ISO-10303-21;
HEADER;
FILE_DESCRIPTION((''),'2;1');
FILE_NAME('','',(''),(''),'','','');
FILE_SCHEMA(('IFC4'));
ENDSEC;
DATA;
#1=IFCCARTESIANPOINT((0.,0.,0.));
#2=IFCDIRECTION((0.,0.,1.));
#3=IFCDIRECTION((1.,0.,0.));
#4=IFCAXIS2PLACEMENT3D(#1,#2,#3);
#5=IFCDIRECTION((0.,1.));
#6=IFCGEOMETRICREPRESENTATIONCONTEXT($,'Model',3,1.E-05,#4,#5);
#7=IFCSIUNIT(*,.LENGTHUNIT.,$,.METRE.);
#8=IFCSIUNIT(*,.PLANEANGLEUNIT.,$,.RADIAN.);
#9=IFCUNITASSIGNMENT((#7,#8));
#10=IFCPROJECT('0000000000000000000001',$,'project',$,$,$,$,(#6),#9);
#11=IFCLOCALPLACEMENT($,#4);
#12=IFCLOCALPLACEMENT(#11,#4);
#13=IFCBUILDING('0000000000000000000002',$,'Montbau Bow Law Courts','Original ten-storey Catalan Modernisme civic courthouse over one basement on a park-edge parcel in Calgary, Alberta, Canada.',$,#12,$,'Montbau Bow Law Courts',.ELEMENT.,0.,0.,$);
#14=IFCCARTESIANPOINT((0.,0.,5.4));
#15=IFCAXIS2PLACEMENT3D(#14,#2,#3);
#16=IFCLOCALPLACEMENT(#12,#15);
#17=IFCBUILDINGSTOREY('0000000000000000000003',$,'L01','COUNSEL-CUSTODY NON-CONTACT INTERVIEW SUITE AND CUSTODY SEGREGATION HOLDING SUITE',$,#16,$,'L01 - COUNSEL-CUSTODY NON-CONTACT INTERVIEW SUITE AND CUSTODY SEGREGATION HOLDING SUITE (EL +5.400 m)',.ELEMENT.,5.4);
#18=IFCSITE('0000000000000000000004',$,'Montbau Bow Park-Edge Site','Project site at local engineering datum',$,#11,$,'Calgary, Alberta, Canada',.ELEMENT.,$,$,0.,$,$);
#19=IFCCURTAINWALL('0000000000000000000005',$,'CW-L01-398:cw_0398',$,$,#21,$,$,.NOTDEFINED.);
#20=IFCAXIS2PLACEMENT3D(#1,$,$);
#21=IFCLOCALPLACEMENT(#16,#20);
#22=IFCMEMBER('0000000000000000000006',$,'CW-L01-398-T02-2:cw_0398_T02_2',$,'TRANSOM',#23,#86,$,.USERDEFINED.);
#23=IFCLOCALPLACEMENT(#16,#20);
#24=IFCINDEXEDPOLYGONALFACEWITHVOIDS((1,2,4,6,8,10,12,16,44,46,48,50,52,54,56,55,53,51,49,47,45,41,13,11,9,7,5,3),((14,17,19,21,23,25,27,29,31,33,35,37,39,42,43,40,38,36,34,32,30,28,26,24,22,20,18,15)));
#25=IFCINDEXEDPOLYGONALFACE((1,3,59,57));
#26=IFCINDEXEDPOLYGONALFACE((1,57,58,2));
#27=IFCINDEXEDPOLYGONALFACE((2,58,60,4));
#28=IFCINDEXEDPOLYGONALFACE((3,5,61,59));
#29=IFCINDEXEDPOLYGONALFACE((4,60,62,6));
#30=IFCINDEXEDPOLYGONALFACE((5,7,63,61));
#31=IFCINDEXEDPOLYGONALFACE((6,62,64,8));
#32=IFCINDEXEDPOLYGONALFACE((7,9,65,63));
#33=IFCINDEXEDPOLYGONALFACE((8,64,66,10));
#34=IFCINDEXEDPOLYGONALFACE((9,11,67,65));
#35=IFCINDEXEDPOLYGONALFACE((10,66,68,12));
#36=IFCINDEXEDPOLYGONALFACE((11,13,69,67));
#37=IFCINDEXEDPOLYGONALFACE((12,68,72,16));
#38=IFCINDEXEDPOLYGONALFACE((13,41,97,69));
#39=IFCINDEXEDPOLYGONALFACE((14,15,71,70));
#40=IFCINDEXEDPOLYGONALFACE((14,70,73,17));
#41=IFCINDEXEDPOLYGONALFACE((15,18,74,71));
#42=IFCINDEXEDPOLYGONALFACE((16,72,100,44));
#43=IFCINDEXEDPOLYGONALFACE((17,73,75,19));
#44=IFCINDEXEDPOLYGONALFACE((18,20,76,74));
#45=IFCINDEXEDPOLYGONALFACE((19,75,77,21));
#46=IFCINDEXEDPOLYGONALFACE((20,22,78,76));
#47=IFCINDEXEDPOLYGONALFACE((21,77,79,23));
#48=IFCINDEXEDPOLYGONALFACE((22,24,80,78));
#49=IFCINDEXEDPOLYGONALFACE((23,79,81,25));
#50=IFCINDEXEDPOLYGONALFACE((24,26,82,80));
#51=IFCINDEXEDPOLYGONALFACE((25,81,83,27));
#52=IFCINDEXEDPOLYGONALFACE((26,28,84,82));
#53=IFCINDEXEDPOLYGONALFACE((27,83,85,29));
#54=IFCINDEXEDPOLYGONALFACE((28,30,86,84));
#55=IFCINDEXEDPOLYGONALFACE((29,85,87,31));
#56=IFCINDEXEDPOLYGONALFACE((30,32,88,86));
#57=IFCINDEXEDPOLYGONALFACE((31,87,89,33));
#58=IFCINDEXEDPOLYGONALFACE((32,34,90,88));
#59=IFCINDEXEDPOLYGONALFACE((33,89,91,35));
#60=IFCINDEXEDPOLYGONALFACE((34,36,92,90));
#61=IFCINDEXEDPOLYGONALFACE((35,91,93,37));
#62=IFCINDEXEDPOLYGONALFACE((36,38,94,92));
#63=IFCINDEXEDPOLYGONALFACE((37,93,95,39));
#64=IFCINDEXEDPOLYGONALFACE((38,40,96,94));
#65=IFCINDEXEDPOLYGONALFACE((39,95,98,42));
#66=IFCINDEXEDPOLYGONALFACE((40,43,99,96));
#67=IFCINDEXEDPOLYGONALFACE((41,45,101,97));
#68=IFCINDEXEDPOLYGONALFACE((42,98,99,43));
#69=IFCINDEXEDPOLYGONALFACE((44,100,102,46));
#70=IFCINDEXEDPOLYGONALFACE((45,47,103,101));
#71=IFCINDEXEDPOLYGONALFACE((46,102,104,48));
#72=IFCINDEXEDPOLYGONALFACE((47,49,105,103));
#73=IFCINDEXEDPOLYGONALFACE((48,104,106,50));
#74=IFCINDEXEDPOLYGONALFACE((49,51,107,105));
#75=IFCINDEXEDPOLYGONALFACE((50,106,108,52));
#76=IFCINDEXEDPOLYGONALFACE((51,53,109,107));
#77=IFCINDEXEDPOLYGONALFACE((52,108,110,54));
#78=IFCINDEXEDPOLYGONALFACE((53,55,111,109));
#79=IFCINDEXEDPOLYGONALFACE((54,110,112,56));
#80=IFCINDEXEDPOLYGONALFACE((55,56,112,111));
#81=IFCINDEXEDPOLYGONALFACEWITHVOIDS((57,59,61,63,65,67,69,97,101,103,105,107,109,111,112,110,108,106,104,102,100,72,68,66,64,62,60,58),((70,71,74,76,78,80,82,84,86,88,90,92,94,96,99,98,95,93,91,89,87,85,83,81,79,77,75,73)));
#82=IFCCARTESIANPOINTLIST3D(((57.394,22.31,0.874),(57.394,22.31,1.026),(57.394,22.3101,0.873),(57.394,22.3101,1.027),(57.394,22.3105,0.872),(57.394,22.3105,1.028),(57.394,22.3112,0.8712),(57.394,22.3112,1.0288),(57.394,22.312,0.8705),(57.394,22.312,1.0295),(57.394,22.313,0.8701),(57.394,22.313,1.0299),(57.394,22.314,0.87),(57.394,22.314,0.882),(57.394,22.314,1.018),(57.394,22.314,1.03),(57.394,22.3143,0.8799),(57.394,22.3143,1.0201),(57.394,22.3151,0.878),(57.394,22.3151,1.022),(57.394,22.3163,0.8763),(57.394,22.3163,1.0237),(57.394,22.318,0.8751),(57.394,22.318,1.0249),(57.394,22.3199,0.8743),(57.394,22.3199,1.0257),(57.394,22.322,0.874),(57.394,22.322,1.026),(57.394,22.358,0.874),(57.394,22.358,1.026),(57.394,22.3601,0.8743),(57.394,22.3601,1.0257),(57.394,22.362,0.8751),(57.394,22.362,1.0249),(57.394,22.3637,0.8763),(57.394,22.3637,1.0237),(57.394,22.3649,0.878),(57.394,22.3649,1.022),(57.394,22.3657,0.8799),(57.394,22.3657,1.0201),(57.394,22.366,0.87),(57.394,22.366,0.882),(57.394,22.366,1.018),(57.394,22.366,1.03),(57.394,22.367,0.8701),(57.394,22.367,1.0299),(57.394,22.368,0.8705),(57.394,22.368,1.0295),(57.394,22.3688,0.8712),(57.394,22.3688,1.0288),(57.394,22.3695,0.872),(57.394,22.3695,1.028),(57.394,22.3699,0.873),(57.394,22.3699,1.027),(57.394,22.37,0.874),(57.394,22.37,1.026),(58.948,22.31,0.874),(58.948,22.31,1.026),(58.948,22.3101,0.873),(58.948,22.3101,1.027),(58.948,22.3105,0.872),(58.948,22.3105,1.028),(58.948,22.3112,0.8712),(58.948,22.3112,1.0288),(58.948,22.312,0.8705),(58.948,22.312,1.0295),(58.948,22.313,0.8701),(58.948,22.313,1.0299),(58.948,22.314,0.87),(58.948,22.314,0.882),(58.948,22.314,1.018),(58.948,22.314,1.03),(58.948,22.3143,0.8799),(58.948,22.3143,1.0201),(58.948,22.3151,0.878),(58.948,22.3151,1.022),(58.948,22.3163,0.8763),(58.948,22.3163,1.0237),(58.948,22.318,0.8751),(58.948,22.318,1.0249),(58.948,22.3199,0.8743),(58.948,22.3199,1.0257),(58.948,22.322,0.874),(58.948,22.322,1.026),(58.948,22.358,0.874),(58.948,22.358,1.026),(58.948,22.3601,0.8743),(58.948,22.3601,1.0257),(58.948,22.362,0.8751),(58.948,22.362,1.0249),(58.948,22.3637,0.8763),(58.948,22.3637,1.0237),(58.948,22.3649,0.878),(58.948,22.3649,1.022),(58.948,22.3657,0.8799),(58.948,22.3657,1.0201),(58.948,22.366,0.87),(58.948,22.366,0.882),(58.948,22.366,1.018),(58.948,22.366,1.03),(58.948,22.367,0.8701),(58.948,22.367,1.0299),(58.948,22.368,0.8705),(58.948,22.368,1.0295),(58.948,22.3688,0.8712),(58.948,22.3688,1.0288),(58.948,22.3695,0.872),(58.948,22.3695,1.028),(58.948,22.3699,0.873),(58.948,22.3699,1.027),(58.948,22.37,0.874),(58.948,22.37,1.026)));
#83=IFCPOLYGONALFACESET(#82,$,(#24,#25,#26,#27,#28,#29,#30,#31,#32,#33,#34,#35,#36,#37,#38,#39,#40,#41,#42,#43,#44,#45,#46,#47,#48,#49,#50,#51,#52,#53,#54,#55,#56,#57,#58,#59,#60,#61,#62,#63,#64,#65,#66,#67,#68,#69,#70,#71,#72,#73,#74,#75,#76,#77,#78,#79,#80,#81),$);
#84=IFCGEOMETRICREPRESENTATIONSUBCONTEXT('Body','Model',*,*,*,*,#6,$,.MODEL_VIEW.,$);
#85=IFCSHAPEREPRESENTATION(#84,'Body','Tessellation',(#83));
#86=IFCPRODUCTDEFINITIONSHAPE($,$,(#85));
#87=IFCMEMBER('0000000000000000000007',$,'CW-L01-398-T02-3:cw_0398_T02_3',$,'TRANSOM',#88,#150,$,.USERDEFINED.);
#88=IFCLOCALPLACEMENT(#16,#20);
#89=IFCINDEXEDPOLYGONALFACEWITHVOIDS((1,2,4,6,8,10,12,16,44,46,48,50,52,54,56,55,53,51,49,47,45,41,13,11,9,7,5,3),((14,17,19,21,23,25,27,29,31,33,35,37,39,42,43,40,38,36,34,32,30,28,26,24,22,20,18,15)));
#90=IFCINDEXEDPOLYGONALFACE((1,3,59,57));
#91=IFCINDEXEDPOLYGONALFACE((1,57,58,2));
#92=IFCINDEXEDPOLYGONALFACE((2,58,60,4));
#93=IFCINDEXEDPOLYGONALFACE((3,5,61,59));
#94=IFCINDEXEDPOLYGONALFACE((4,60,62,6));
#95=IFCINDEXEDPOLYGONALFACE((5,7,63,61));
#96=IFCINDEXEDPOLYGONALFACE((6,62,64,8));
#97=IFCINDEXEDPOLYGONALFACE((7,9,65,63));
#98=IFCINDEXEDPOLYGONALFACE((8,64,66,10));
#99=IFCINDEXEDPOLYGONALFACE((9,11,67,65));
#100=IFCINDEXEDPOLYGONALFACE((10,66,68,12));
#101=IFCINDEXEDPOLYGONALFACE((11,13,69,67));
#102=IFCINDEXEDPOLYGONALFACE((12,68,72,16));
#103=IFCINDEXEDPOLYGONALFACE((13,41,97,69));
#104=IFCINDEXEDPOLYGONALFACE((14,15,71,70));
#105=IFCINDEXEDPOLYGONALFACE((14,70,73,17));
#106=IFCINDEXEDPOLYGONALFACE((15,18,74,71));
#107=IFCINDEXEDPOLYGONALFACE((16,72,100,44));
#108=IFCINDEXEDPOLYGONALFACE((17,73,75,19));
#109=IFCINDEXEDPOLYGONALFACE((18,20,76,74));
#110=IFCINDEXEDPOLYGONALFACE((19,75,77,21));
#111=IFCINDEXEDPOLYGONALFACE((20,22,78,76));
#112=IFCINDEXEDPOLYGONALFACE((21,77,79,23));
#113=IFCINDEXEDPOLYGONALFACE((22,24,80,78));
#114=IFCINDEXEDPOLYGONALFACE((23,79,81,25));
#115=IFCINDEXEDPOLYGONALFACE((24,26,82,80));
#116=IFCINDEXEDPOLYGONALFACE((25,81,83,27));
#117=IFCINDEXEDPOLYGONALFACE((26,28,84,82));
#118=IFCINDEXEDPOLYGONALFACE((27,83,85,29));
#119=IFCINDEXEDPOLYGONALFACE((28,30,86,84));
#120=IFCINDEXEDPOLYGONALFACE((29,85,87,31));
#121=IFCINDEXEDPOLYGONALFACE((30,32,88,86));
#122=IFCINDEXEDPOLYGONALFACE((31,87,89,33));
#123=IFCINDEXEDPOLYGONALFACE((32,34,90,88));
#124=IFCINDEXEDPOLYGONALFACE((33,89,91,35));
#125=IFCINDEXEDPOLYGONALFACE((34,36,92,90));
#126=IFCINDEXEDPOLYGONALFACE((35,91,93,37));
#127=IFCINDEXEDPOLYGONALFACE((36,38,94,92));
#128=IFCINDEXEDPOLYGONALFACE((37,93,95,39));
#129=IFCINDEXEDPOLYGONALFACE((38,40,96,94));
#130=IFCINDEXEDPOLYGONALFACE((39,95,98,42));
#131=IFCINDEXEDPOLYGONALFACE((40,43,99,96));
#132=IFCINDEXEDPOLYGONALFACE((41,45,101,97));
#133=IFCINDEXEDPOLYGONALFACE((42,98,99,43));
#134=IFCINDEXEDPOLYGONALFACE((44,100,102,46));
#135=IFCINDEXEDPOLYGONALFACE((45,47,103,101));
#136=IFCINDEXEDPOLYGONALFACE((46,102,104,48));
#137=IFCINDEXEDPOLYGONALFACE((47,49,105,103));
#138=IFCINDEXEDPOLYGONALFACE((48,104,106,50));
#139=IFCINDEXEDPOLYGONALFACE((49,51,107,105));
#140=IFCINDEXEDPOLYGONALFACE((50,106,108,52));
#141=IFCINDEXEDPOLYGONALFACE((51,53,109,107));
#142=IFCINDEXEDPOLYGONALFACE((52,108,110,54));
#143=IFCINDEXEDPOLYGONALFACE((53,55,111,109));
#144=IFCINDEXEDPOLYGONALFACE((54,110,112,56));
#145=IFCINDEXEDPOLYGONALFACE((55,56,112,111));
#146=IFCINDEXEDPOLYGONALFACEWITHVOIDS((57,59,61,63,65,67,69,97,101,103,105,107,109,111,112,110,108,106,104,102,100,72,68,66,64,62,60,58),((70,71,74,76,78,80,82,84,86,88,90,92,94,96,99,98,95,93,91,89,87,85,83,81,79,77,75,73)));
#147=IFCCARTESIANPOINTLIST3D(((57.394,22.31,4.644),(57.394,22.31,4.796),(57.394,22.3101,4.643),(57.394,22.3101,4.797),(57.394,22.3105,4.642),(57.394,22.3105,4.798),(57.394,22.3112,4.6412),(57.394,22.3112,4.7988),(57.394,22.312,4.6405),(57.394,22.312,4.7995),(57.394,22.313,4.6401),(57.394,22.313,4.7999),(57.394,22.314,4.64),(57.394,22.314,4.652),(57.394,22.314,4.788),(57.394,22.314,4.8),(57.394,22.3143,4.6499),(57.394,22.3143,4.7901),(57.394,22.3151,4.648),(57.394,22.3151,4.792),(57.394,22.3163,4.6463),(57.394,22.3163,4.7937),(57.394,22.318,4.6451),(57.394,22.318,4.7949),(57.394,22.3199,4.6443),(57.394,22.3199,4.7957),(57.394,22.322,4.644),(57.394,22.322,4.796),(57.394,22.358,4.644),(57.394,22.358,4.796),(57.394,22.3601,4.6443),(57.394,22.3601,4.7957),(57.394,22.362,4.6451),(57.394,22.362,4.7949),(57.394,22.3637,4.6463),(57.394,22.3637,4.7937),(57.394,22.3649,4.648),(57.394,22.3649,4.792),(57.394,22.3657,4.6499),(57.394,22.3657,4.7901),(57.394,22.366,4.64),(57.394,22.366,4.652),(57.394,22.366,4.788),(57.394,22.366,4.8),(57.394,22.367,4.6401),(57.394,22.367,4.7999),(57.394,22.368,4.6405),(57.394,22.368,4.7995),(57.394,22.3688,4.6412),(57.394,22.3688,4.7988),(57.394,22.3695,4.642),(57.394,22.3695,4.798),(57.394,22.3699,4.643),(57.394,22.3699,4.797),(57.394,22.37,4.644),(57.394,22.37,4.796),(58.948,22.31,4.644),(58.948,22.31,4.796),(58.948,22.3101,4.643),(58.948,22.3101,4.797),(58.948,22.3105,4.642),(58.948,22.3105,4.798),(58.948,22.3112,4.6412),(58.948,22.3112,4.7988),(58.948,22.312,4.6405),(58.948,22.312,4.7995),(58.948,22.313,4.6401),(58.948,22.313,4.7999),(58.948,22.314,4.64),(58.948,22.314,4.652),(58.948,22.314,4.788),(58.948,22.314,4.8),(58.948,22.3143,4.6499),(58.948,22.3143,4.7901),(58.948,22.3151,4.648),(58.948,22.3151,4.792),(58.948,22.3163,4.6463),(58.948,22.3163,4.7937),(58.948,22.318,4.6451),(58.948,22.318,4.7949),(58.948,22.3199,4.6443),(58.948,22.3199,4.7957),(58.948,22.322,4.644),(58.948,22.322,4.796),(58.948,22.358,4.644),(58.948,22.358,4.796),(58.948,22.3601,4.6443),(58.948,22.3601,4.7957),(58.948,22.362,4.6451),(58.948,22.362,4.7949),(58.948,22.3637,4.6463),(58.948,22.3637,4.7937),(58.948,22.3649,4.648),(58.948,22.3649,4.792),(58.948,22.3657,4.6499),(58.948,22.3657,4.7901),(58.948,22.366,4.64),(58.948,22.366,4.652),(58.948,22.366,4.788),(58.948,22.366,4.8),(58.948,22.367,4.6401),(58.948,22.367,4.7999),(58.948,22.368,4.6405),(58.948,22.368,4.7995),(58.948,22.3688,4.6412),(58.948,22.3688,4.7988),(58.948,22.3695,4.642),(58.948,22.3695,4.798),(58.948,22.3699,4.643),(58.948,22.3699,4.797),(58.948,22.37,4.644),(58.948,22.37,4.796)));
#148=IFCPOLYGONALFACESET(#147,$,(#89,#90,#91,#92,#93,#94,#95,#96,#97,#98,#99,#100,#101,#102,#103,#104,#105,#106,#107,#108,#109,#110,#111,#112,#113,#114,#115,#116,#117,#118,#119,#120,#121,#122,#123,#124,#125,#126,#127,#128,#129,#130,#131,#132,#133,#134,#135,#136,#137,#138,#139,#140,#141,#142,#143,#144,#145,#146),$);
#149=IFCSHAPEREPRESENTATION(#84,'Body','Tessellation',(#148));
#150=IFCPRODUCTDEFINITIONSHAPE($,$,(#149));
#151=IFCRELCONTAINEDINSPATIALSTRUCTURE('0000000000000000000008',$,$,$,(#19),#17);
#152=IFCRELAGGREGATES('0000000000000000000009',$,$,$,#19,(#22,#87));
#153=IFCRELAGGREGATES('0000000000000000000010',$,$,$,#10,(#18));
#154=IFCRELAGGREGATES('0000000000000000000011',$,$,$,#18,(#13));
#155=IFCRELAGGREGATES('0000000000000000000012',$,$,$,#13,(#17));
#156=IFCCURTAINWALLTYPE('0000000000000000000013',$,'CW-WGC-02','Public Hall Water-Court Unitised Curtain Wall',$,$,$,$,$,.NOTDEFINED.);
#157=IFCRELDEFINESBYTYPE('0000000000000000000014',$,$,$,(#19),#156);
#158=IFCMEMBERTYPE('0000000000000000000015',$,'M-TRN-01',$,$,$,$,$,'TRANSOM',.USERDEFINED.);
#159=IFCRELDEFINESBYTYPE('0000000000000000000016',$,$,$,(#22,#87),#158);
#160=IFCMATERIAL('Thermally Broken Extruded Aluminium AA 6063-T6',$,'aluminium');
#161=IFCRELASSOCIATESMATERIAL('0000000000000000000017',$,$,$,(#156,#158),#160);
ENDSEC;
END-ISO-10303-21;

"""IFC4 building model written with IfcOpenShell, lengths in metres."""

from ifc_helpers import new_model, si_unit, direction, frame, origin_with_axes, origin_2d_with_axis, place, context, subcontext, project, spatial, hollow_rectangle, extrude, material, material_profile, profile_set, type_object, element, aggregate, save


model = new_model("IFC4")

# Units and contexts
model_context = context("Model", 3, precision=1e-05, world=origin_with_axes(), true_north=direction((0.0, 1.0)))
body_context = subcontext(model_context, "Body", "Model", "MODEL_VIEW")
ifc_project = project(units=[si_unit("LENGTHUNIT", "METRE"), si_unit("PLANEANGLEUNIT", "RADIAN")], contexts=[model_context])

# Site, building, storey
site_placement = place(None, origin_with_axes())
site = spatial("IfcSite", under=ifc_project, at=site_placement, Name="Montbau Bow Park-Edge Site", Description="Project site at local engineering datum", LongName="Calgary, Alberta, Canada", CompositionType="ELEMENT", RefElevation=0.0)
building_placement = place(site_placement, origin_with_axes())
building = spatial("IfcBuilding", under=site, at=building_placement, Name="Montbau Bow Law Courts", Description="Original ten-storey Catalan Modernisme civic courthouse over one basement on a park-edge parcel in Calgary, Alberta, Canada.", LongName="Montbau Bow Law Courts", CompositionType="ELEMENT", ElevationOfRefHeight=0.0, ElevationOfTerrain=0.0)
storey_placement = place(building_placement, frame((0.0, 0.0, 5.4), z_axis=(0.0, 0.0, 1.0), x_axis=(1.0, 0.0, 0.0)))
storey = spatial("IfcBuildingStorey", under=building, at=storey_placement, Name="L01", Description="COUNSEL-CUSTODY NON-CONTACT INTERVIEW SUITE AND CUSTODY SEGREGATION HOLDING SUITE", LongName="L01 - COUNSEL-CUSTODY NON-CONTACT INTERVIEW SUITE AND CUSTODY SEGREGATION HOLDING SUITE (EL +5.400 m)", CompositionType="ELEMENT", Elevation=5.4)

# Curtain wall, members
ifc_material_1 = material(Name="Thermally Broken Extruded Aluminium AA 6063-T6", Category="aluminium")
curtain_wall_type = type_object("IfcCurtainWallType", Name="CW-WGC-02", Description="Public Hall Water-Court Unitised Curtain Wall", PredefinedType="NOTDEFINED", material=ifc_material_1)
curtain_wall_1_placement = place(None, frame((55.715, 22.34, 5.4), z_axis=(0.0, 0.0, 1.0), x_axis=(1.0, 0.0, 0.0)))
curtain_wall_1 = element("IfcCurtainWall", 1, at=curtain_wall_1_placement, inside=storey, type_object=curtain_wall_type, Name="CW-L01-398:cw_0398", PredefinedType="NOTDEFINED")
ifc_material_profile_1 = material_profile(ifc_material_1, hollow_rectangle(XDim=0.06, YDim=0.16, WallThickness=0.004, InnerFilletRadius=0.008, OuterFilletRadius=0.004, at=origin_2d_with_axis()), Name="CWT-160X60", Category="Main", Priority=0)
ifc_profile_set_1 = profile_set([ifc_material_profile_1], Name="Thermally Broken Extruded Aluminium AA 6063-T6")
member_type_1 = type_object("IfcMemberType", Name="M-TRN-01", ElementType="TRANSOM", PredefinedType="USERDEFINED", material=ifc_profile_set_1)
member_1_placement = place(None, frame((57.394, 22.34, 6.35), z_axis=(1.0, 0.0, 0.0), x_axis=(0.0, 1.0, 0.0)))
member_1 = element("IfcMember", 2, at=member_1_placement, type_object=member_type_1, Name="CW-L01-398-T02-2:cw_0398_T02_2", ObjectType="TRANSOM", PredefinedType="USERDEFINED", context=body_context, shape_type="SweptSolid", body=[
    extrude(hollow_rectangle(XDim=0.06, YDim=0.16, WallThickness=0.004, InnerFilletRadius=0.008, OuterFilletRadius=0.004, at=origin_2d_with_axis()), origin_with_axes(), (0.0, 0.0, 1.0), 1.554),
])
member_2_placement = place(None, frame((57.394, 22.34, 10.12), z_axis=(1.0, 0.0, 0.0), x_axis=(0.0, 1.0, 0.0)))
member_2 = element("IfcMember", 3, at=member_2_placement, type_object=member_type_1, Name="CW-L01-398-T02-3:cw_0398_T02_3", ObjectType="TRANSOM", PredefinedType="USERDEFINED", context=body_context, shape_type="SweptSolid", body=[
    extrude(hollow_rectangle(XDim=0.06, YDim=0.16, WallThickness=0.004, InnerFilletRadius=0.008, OuterFilletRadius=0.004, at=origin_2d_with_axis()), origin_with_axes(), (0.0, 0.0, 1.0), 1.554),
])

aggregate(curtain_wall_1, [member_1, member_2])

save(model, "model.ifc")
